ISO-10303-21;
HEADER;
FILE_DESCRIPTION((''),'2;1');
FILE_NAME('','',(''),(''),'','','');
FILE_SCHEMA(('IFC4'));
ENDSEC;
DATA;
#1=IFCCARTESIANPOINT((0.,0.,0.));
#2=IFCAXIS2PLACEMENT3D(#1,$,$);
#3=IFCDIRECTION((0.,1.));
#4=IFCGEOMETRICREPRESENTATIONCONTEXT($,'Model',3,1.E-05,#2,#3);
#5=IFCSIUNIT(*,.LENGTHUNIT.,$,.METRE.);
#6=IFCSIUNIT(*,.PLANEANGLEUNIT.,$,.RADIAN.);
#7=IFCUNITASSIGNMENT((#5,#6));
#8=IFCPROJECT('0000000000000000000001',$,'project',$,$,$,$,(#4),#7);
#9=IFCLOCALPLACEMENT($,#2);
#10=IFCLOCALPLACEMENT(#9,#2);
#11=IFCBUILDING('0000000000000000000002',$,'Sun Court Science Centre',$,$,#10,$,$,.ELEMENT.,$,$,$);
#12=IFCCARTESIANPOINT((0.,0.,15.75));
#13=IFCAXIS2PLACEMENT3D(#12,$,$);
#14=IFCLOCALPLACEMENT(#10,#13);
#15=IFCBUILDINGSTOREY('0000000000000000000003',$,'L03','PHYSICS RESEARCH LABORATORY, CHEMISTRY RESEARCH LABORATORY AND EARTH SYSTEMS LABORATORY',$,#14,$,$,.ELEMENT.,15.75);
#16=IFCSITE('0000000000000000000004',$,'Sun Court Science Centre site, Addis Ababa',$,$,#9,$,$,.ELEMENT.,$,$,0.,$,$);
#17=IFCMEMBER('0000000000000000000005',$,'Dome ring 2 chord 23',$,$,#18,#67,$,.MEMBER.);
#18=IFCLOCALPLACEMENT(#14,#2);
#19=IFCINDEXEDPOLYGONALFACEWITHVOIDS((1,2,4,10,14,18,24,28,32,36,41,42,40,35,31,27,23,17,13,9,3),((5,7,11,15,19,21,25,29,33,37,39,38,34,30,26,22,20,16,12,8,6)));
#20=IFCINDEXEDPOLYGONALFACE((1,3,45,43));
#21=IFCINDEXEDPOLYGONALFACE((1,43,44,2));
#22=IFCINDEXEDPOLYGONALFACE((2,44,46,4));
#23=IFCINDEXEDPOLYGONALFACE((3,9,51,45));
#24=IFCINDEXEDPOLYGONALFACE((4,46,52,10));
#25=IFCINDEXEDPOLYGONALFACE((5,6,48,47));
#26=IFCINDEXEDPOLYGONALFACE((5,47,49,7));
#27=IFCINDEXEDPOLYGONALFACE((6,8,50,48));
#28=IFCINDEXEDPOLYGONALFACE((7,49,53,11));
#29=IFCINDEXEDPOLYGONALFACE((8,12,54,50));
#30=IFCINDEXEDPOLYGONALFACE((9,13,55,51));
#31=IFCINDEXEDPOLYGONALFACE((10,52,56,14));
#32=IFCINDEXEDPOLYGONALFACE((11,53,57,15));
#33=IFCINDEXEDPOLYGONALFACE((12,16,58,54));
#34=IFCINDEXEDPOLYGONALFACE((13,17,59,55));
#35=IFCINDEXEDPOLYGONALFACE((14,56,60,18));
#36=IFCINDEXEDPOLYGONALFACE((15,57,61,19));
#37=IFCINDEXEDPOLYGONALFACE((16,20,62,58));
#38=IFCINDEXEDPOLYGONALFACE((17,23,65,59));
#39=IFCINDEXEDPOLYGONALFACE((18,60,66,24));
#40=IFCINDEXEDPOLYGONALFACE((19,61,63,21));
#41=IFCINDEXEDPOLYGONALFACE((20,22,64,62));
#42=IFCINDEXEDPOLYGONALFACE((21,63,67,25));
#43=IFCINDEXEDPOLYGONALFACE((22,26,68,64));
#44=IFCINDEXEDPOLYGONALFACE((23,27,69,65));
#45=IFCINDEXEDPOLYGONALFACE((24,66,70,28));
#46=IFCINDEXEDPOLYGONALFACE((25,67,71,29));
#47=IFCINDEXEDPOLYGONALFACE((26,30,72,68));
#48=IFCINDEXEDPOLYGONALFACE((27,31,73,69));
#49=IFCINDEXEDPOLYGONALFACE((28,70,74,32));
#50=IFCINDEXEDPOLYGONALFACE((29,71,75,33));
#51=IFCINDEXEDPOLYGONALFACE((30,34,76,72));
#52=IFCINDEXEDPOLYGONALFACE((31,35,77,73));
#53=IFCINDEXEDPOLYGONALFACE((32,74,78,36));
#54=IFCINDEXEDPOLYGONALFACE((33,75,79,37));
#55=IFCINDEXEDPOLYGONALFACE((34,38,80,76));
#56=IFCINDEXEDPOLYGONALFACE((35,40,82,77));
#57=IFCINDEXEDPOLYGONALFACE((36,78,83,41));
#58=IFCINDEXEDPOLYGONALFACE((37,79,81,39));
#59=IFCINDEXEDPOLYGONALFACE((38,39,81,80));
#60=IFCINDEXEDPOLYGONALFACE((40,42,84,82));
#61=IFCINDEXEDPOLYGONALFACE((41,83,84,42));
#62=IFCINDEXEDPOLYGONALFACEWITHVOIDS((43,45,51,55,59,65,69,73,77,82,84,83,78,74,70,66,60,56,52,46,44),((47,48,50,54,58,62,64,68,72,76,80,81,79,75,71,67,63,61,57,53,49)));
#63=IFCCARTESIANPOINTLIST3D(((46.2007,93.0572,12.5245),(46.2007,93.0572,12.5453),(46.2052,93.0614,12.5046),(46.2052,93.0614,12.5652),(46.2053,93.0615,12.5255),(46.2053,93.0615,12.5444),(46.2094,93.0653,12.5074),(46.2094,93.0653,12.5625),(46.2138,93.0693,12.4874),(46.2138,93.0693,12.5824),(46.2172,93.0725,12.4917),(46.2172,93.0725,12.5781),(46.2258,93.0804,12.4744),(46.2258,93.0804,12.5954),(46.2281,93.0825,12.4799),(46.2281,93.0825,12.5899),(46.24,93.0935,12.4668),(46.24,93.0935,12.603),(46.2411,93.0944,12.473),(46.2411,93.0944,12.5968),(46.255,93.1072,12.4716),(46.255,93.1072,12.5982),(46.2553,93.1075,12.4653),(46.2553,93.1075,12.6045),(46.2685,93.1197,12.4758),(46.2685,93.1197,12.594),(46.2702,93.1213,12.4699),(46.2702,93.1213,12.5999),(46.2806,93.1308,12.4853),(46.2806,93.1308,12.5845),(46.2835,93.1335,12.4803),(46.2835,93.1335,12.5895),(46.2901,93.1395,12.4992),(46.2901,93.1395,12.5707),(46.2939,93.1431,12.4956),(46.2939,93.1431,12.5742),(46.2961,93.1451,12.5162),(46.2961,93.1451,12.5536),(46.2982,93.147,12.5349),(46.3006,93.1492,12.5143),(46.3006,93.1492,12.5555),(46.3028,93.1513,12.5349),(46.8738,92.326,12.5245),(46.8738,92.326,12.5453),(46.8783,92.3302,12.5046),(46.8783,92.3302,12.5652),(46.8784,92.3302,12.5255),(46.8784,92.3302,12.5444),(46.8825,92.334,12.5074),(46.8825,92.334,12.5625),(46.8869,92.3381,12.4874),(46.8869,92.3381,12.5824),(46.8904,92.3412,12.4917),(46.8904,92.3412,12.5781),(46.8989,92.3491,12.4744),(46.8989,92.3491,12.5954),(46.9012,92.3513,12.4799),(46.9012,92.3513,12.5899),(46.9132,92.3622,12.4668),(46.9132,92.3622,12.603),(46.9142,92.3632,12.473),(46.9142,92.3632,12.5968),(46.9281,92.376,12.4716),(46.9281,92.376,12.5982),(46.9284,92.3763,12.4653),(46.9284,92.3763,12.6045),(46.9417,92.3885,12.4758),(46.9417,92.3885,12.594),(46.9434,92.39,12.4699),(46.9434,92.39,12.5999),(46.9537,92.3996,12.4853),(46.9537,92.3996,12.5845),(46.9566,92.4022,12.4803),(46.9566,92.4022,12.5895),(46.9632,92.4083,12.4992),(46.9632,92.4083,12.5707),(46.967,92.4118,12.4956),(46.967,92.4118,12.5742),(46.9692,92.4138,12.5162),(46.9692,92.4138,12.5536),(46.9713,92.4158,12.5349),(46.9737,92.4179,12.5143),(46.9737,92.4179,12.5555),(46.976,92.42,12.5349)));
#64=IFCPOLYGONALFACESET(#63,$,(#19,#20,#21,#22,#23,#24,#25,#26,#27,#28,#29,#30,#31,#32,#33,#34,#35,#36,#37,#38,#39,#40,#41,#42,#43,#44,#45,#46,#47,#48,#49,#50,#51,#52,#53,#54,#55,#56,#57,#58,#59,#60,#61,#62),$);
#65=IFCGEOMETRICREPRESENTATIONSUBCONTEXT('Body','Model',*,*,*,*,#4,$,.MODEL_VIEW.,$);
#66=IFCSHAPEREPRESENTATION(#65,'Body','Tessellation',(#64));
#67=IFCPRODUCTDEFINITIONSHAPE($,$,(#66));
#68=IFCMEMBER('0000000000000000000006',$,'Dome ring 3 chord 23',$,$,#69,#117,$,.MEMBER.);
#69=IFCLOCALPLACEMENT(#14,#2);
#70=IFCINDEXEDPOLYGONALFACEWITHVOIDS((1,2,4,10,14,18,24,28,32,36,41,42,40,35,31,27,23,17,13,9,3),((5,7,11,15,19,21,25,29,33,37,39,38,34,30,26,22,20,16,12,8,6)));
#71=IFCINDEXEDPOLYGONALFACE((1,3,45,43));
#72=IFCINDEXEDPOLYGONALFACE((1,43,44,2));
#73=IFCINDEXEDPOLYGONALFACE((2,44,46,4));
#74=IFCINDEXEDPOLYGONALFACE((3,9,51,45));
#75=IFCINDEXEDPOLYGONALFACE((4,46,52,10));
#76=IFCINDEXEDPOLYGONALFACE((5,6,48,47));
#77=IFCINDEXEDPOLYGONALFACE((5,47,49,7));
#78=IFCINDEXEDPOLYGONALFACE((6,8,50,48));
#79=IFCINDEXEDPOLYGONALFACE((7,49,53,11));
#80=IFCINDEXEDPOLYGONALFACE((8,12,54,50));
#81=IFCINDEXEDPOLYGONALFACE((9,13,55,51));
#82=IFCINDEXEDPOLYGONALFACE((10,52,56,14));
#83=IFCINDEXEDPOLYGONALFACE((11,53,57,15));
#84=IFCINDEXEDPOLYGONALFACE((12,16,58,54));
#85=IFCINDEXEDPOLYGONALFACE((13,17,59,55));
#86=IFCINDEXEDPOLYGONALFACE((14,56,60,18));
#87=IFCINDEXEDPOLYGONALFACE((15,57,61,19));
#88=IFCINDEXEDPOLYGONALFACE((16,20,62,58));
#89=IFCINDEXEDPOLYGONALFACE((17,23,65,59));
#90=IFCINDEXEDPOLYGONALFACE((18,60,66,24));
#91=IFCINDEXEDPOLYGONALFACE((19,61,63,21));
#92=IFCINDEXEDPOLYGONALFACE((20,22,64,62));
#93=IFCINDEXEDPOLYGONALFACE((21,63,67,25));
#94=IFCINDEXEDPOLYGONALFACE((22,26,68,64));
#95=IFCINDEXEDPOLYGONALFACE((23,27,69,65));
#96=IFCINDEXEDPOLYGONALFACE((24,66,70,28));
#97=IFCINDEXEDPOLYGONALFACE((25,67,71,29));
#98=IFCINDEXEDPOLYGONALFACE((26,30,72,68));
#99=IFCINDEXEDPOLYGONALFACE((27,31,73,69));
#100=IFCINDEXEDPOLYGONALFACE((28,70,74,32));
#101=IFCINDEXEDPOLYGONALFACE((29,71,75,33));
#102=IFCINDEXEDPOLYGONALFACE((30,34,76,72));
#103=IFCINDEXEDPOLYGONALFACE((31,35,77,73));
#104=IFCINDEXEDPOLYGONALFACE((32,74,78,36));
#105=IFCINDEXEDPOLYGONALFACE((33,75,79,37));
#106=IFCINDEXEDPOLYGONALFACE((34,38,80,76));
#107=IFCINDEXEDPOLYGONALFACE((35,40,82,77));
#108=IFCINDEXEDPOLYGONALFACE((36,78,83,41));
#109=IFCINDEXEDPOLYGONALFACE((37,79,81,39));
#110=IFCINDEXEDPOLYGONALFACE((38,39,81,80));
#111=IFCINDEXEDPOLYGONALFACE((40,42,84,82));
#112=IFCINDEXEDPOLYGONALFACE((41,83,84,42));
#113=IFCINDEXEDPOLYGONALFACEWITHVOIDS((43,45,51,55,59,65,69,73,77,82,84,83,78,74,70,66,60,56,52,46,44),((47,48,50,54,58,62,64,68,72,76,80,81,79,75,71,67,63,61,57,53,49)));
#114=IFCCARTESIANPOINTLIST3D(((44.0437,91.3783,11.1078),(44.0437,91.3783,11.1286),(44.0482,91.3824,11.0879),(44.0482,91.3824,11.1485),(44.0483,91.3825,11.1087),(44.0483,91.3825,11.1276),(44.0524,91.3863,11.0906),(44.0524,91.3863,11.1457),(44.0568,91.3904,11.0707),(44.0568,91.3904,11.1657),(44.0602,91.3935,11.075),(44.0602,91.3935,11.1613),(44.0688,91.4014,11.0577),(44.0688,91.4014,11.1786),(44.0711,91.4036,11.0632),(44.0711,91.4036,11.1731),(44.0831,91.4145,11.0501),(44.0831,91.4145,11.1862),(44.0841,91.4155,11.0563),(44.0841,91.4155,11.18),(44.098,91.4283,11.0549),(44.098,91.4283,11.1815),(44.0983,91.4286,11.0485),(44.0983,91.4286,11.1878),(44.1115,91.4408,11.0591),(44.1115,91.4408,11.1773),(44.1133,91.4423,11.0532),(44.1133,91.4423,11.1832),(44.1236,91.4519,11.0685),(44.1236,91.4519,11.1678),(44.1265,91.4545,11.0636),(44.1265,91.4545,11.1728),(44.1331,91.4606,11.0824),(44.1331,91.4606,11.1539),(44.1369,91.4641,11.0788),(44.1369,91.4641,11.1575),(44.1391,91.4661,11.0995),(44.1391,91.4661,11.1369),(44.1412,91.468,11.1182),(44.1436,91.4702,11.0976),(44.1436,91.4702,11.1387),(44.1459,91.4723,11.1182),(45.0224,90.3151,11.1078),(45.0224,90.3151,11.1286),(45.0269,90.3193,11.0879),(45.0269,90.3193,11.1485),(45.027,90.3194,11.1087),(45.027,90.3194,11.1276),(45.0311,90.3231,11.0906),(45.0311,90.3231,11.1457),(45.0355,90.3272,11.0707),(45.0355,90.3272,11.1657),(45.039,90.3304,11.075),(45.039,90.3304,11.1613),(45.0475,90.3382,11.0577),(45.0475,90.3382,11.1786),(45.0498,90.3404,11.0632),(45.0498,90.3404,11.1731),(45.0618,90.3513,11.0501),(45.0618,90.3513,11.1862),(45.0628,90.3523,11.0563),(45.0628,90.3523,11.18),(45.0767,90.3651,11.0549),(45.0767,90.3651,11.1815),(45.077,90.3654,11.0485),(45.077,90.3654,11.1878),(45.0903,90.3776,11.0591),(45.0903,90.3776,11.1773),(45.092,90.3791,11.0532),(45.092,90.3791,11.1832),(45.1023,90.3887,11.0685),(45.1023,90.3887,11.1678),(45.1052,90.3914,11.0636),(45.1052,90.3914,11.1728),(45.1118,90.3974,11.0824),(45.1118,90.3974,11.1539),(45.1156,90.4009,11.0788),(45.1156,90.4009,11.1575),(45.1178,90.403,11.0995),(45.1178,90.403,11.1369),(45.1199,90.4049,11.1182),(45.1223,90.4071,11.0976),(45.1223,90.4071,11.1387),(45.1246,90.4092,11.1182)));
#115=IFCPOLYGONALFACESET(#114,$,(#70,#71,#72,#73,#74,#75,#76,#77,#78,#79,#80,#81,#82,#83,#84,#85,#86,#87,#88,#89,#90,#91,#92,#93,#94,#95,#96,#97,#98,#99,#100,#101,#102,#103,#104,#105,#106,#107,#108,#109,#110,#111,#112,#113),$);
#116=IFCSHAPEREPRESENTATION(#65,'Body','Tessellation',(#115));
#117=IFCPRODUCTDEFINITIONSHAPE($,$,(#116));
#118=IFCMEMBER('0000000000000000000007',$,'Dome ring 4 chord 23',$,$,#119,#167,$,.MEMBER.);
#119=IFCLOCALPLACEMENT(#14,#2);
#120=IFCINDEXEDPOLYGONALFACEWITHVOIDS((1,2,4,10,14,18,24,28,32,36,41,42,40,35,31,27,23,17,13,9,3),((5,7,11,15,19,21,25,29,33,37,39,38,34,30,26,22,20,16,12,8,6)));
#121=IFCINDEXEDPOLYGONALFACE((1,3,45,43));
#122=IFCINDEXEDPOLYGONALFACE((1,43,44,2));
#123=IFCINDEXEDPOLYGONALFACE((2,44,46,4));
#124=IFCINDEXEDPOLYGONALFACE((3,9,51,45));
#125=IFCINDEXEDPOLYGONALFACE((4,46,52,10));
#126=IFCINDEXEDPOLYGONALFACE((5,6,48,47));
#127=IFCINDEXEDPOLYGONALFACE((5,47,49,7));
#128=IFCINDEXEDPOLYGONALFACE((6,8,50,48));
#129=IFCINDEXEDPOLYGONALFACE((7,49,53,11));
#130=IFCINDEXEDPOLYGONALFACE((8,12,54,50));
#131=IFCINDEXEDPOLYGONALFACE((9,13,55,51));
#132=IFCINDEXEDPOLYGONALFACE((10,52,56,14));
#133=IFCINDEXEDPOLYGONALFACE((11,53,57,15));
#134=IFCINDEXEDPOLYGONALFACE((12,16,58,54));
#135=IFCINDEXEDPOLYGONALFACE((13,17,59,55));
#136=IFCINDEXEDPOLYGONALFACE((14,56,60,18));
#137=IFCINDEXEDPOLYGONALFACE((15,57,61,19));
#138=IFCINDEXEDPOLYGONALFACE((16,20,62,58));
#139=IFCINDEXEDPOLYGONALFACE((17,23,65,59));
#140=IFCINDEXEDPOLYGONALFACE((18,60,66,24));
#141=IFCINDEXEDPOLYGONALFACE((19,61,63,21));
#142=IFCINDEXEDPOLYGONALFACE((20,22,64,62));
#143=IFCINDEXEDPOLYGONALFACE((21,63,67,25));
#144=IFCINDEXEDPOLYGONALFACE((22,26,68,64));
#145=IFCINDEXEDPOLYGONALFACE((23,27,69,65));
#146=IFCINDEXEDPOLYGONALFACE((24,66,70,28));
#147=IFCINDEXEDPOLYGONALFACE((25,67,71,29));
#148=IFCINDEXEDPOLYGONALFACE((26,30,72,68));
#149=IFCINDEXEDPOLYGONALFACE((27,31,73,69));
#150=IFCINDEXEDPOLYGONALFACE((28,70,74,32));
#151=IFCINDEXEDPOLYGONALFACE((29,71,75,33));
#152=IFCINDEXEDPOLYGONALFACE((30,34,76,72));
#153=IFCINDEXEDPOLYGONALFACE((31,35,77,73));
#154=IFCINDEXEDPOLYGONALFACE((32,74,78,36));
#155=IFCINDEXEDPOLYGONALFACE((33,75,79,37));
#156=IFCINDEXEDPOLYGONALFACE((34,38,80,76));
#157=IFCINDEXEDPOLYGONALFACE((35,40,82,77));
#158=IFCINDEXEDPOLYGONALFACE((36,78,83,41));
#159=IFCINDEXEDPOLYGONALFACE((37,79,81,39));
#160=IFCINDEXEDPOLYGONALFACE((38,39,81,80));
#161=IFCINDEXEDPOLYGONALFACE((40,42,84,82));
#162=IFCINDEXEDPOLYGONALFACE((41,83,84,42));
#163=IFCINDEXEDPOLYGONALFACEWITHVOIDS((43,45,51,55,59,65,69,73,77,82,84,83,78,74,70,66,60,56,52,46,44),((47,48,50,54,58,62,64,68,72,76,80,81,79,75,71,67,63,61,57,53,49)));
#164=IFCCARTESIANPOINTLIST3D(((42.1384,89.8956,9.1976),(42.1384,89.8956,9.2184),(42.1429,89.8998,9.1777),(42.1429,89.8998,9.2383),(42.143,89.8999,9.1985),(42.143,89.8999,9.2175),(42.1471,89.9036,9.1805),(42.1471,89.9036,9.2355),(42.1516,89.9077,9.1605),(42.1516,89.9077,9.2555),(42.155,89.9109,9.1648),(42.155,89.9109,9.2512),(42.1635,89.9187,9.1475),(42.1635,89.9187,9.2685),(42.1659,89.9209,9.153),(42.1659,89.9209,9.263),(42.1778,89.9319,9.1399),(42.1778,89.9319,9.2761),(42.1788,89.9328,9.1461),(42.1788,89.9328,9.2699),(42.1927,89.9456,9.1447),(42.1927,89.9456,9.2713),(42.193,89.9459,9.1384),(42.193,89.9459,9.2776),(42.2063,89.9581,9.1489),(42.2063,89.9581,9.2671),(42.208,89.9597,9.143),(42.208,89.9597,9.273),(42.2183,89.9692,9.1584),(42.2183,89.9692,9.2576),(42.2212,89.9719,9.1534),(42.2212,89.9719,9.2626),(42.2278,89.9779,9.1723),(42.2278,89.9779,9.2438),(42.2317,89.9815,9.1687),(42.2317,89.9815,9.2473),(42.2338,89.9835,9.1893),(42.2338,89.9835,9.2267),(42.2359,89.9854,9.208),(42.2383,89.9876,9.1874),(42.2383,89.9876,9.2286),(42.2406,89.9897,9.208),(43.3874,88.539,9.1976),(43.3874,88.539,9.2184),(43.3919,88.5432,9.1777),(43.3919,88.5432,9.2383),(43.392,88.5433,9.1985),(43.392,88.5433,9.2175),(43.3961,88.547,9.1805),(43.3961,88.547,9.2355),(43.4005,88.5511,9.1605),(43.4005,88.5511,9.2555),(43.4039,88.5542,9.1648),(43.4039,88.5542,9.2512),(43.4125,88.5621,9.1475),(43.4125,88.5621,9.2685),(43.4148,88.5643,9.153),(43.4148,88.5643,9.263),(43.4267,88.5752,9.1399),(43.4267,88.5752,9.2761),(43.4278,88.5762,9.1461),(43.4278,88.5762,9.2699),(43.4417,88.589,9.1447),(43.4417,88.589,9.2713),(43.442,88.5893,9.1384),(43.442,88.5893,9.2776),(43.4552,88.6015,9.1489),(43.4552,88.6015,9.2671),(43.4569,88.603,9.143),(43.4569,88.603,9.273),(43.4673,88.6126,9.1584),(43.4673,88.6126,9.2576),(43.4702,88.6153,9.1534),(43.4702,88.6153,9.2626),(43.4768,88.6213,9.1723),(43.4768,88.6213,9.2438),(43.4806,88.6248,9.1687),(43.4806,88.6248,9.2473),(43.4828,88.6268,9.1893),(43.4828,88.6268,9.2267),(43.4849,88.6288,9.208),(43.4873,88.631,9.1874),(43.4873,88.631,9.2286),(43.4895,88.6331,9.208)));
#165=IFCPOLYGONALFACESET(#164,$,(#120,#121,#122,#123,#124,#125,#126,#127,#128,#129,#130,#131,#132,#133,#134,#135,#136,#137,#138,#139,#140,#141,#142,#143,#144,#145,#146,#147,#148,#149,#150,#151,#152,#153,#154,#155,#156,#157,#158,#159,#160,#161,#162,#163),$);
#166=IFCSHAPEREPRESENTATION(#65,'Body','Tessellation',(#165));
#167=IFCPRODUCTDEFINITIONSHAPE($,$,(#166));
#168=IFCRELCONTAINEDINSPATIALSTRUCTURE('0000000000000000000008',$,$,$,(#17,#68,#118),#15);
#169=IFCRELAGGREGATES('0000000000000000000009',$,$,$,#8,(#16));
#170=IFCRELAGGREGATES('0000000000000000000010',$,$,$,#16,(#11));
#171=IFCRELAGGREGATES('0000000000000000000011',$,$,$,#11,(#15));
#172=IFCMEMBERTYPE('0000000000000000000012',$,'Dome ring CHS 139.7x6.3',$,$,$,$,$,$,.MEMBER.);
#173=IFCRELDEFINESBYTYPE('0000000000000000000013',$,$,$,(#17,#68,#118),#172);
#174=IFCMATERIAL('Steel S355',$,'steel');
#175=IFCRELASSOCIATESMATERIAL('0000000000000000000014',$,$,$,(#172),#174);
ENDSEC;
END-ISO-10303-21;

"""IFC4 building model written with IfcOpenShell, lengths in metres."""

from ifc_helpers import new_model, si_unit, direction, frame, origin, origin_2d, place, context, subcontext, project, spatial, hollow_circle, extrude, material, material_profile, profile_set, type_object, element, save


model = new_model("IFC4")

# Units and contexts
model_context = context("Model", 3, precision=1e-05, world=origin(), true_north=direction((0.0, 1.0)))
body_context = subcontext(model_context, "Body", "Model", "MODEL_VIEW")
ifc_project = project(units=[si_unit("LENGTHUNIT", "METRE"), si_unit("PLANEANGLEUNIT", "RADIAN")], contexts=[model_context])

# Site, building, storey
site_placement = place(None, origin())
site = spatial("IfcSite", under=ifc_project, at=site_placement, Name="Sun Court Science Centre site, Addis Ababa", CompositionType="ELEMENT", RefElevation=0.0)
building_placement = place(site_placement, origin())
building = spatial("IfcBuilding", under=site, at=building_placement, Name="Sun Court Science Centre", CompositionType="ELEMENT")
storey_placement = place(building_placement, frame((0.0, 0.0, 15.75)))
storey = spatial("IfcBuildingStorey", under=building, at=storey_placement, Name="L03", Description="PHYSICS RESEARCH LABORATORY, CHEMISTRY RESEARCH LABORATORY AND EARTH SYSTEMS LABORATORY", CompositionType="ELEMENT", Elevation=15.75)

# Members
ifc_material_1 = material(Name="Steel S355", Category="steel")
ifc_material_profile_1 = material_profile(ifc_material_1, hollow_circle(Radius=0.0698, WallThickness=0.0063, at=origin_2d()), Name="CHS 139.7x6.3")
ifc_profile_set_1 = profile_set([ifc_material_profile_1], Name="Steel S355")
member_type_1 = type_object("IfcMemberType", Name="Dome ring CHS 139.7x6.3", PredefinedType="MEMBER", material=ifc_profile_set_1)
member_1_placement = place(storey_placement, frame((46.2515, 93.104, 12.5349), z_axis=(0.677269, -0.735735, 0.0), x_axis=(0.735735, 0.677269, 0.0)))
element("IfcMember", 1, at=member_1_placement, inside=storey, type_object=member_type_1, Name="Dome ring 2 chord 23", PredefinedType="MEMBER", context=body_context, shape_type="SweptSolid", body=[
    extrude(hollow_circle(Radius=0.0698, WallThickness=0.0063, at=origin_2d()), origin(), (0.0, 0.0, 1.0), 0.9939),
])
member_2_placement = place(storey_placement, frame((44.0945, 91.425, 11.1182), z_axis=(0.677276, -0.735729, 0.0), x_axis=(0.735729, 0.677276, 0.0)))
element("IfcMember", 2, at=member_2_placement, inside=storey, type_object=member_type_1, Name="Dome ring 3 chord 23", PredefinedType="MEMBER", context=body_context, shape_type="SweptSolid", body=[
    extrude(hollow_circle(Radius=0.0698, WallThickness=0.0063, at=origin_2d()), origin(), (0.0, 0.0, 1.0), 1.4451),
])
member_3_placement = place(storey_placement, frame((42.1892, 89.9424, 9.208), z_axis=(0.677312, -0.735696, 0.0), x_axis=(0.735696, 0.677312, 0.0)))
element("IfcMember", 3, at=member_3_placement, inside=storey, type_object=member_type_1, Name="Dome ring 4 chord 23", PredefinedType="MEMBER", context=body_context, shape_type="SweptSolid", body=[
    extrude(hollow_circle(Radius=0.0698, WallThickness=0.0063, at=origin_2d()), origin(), (0.0, 0.0, 1.0), 1.844),
])

save(model, "model.ifc")
